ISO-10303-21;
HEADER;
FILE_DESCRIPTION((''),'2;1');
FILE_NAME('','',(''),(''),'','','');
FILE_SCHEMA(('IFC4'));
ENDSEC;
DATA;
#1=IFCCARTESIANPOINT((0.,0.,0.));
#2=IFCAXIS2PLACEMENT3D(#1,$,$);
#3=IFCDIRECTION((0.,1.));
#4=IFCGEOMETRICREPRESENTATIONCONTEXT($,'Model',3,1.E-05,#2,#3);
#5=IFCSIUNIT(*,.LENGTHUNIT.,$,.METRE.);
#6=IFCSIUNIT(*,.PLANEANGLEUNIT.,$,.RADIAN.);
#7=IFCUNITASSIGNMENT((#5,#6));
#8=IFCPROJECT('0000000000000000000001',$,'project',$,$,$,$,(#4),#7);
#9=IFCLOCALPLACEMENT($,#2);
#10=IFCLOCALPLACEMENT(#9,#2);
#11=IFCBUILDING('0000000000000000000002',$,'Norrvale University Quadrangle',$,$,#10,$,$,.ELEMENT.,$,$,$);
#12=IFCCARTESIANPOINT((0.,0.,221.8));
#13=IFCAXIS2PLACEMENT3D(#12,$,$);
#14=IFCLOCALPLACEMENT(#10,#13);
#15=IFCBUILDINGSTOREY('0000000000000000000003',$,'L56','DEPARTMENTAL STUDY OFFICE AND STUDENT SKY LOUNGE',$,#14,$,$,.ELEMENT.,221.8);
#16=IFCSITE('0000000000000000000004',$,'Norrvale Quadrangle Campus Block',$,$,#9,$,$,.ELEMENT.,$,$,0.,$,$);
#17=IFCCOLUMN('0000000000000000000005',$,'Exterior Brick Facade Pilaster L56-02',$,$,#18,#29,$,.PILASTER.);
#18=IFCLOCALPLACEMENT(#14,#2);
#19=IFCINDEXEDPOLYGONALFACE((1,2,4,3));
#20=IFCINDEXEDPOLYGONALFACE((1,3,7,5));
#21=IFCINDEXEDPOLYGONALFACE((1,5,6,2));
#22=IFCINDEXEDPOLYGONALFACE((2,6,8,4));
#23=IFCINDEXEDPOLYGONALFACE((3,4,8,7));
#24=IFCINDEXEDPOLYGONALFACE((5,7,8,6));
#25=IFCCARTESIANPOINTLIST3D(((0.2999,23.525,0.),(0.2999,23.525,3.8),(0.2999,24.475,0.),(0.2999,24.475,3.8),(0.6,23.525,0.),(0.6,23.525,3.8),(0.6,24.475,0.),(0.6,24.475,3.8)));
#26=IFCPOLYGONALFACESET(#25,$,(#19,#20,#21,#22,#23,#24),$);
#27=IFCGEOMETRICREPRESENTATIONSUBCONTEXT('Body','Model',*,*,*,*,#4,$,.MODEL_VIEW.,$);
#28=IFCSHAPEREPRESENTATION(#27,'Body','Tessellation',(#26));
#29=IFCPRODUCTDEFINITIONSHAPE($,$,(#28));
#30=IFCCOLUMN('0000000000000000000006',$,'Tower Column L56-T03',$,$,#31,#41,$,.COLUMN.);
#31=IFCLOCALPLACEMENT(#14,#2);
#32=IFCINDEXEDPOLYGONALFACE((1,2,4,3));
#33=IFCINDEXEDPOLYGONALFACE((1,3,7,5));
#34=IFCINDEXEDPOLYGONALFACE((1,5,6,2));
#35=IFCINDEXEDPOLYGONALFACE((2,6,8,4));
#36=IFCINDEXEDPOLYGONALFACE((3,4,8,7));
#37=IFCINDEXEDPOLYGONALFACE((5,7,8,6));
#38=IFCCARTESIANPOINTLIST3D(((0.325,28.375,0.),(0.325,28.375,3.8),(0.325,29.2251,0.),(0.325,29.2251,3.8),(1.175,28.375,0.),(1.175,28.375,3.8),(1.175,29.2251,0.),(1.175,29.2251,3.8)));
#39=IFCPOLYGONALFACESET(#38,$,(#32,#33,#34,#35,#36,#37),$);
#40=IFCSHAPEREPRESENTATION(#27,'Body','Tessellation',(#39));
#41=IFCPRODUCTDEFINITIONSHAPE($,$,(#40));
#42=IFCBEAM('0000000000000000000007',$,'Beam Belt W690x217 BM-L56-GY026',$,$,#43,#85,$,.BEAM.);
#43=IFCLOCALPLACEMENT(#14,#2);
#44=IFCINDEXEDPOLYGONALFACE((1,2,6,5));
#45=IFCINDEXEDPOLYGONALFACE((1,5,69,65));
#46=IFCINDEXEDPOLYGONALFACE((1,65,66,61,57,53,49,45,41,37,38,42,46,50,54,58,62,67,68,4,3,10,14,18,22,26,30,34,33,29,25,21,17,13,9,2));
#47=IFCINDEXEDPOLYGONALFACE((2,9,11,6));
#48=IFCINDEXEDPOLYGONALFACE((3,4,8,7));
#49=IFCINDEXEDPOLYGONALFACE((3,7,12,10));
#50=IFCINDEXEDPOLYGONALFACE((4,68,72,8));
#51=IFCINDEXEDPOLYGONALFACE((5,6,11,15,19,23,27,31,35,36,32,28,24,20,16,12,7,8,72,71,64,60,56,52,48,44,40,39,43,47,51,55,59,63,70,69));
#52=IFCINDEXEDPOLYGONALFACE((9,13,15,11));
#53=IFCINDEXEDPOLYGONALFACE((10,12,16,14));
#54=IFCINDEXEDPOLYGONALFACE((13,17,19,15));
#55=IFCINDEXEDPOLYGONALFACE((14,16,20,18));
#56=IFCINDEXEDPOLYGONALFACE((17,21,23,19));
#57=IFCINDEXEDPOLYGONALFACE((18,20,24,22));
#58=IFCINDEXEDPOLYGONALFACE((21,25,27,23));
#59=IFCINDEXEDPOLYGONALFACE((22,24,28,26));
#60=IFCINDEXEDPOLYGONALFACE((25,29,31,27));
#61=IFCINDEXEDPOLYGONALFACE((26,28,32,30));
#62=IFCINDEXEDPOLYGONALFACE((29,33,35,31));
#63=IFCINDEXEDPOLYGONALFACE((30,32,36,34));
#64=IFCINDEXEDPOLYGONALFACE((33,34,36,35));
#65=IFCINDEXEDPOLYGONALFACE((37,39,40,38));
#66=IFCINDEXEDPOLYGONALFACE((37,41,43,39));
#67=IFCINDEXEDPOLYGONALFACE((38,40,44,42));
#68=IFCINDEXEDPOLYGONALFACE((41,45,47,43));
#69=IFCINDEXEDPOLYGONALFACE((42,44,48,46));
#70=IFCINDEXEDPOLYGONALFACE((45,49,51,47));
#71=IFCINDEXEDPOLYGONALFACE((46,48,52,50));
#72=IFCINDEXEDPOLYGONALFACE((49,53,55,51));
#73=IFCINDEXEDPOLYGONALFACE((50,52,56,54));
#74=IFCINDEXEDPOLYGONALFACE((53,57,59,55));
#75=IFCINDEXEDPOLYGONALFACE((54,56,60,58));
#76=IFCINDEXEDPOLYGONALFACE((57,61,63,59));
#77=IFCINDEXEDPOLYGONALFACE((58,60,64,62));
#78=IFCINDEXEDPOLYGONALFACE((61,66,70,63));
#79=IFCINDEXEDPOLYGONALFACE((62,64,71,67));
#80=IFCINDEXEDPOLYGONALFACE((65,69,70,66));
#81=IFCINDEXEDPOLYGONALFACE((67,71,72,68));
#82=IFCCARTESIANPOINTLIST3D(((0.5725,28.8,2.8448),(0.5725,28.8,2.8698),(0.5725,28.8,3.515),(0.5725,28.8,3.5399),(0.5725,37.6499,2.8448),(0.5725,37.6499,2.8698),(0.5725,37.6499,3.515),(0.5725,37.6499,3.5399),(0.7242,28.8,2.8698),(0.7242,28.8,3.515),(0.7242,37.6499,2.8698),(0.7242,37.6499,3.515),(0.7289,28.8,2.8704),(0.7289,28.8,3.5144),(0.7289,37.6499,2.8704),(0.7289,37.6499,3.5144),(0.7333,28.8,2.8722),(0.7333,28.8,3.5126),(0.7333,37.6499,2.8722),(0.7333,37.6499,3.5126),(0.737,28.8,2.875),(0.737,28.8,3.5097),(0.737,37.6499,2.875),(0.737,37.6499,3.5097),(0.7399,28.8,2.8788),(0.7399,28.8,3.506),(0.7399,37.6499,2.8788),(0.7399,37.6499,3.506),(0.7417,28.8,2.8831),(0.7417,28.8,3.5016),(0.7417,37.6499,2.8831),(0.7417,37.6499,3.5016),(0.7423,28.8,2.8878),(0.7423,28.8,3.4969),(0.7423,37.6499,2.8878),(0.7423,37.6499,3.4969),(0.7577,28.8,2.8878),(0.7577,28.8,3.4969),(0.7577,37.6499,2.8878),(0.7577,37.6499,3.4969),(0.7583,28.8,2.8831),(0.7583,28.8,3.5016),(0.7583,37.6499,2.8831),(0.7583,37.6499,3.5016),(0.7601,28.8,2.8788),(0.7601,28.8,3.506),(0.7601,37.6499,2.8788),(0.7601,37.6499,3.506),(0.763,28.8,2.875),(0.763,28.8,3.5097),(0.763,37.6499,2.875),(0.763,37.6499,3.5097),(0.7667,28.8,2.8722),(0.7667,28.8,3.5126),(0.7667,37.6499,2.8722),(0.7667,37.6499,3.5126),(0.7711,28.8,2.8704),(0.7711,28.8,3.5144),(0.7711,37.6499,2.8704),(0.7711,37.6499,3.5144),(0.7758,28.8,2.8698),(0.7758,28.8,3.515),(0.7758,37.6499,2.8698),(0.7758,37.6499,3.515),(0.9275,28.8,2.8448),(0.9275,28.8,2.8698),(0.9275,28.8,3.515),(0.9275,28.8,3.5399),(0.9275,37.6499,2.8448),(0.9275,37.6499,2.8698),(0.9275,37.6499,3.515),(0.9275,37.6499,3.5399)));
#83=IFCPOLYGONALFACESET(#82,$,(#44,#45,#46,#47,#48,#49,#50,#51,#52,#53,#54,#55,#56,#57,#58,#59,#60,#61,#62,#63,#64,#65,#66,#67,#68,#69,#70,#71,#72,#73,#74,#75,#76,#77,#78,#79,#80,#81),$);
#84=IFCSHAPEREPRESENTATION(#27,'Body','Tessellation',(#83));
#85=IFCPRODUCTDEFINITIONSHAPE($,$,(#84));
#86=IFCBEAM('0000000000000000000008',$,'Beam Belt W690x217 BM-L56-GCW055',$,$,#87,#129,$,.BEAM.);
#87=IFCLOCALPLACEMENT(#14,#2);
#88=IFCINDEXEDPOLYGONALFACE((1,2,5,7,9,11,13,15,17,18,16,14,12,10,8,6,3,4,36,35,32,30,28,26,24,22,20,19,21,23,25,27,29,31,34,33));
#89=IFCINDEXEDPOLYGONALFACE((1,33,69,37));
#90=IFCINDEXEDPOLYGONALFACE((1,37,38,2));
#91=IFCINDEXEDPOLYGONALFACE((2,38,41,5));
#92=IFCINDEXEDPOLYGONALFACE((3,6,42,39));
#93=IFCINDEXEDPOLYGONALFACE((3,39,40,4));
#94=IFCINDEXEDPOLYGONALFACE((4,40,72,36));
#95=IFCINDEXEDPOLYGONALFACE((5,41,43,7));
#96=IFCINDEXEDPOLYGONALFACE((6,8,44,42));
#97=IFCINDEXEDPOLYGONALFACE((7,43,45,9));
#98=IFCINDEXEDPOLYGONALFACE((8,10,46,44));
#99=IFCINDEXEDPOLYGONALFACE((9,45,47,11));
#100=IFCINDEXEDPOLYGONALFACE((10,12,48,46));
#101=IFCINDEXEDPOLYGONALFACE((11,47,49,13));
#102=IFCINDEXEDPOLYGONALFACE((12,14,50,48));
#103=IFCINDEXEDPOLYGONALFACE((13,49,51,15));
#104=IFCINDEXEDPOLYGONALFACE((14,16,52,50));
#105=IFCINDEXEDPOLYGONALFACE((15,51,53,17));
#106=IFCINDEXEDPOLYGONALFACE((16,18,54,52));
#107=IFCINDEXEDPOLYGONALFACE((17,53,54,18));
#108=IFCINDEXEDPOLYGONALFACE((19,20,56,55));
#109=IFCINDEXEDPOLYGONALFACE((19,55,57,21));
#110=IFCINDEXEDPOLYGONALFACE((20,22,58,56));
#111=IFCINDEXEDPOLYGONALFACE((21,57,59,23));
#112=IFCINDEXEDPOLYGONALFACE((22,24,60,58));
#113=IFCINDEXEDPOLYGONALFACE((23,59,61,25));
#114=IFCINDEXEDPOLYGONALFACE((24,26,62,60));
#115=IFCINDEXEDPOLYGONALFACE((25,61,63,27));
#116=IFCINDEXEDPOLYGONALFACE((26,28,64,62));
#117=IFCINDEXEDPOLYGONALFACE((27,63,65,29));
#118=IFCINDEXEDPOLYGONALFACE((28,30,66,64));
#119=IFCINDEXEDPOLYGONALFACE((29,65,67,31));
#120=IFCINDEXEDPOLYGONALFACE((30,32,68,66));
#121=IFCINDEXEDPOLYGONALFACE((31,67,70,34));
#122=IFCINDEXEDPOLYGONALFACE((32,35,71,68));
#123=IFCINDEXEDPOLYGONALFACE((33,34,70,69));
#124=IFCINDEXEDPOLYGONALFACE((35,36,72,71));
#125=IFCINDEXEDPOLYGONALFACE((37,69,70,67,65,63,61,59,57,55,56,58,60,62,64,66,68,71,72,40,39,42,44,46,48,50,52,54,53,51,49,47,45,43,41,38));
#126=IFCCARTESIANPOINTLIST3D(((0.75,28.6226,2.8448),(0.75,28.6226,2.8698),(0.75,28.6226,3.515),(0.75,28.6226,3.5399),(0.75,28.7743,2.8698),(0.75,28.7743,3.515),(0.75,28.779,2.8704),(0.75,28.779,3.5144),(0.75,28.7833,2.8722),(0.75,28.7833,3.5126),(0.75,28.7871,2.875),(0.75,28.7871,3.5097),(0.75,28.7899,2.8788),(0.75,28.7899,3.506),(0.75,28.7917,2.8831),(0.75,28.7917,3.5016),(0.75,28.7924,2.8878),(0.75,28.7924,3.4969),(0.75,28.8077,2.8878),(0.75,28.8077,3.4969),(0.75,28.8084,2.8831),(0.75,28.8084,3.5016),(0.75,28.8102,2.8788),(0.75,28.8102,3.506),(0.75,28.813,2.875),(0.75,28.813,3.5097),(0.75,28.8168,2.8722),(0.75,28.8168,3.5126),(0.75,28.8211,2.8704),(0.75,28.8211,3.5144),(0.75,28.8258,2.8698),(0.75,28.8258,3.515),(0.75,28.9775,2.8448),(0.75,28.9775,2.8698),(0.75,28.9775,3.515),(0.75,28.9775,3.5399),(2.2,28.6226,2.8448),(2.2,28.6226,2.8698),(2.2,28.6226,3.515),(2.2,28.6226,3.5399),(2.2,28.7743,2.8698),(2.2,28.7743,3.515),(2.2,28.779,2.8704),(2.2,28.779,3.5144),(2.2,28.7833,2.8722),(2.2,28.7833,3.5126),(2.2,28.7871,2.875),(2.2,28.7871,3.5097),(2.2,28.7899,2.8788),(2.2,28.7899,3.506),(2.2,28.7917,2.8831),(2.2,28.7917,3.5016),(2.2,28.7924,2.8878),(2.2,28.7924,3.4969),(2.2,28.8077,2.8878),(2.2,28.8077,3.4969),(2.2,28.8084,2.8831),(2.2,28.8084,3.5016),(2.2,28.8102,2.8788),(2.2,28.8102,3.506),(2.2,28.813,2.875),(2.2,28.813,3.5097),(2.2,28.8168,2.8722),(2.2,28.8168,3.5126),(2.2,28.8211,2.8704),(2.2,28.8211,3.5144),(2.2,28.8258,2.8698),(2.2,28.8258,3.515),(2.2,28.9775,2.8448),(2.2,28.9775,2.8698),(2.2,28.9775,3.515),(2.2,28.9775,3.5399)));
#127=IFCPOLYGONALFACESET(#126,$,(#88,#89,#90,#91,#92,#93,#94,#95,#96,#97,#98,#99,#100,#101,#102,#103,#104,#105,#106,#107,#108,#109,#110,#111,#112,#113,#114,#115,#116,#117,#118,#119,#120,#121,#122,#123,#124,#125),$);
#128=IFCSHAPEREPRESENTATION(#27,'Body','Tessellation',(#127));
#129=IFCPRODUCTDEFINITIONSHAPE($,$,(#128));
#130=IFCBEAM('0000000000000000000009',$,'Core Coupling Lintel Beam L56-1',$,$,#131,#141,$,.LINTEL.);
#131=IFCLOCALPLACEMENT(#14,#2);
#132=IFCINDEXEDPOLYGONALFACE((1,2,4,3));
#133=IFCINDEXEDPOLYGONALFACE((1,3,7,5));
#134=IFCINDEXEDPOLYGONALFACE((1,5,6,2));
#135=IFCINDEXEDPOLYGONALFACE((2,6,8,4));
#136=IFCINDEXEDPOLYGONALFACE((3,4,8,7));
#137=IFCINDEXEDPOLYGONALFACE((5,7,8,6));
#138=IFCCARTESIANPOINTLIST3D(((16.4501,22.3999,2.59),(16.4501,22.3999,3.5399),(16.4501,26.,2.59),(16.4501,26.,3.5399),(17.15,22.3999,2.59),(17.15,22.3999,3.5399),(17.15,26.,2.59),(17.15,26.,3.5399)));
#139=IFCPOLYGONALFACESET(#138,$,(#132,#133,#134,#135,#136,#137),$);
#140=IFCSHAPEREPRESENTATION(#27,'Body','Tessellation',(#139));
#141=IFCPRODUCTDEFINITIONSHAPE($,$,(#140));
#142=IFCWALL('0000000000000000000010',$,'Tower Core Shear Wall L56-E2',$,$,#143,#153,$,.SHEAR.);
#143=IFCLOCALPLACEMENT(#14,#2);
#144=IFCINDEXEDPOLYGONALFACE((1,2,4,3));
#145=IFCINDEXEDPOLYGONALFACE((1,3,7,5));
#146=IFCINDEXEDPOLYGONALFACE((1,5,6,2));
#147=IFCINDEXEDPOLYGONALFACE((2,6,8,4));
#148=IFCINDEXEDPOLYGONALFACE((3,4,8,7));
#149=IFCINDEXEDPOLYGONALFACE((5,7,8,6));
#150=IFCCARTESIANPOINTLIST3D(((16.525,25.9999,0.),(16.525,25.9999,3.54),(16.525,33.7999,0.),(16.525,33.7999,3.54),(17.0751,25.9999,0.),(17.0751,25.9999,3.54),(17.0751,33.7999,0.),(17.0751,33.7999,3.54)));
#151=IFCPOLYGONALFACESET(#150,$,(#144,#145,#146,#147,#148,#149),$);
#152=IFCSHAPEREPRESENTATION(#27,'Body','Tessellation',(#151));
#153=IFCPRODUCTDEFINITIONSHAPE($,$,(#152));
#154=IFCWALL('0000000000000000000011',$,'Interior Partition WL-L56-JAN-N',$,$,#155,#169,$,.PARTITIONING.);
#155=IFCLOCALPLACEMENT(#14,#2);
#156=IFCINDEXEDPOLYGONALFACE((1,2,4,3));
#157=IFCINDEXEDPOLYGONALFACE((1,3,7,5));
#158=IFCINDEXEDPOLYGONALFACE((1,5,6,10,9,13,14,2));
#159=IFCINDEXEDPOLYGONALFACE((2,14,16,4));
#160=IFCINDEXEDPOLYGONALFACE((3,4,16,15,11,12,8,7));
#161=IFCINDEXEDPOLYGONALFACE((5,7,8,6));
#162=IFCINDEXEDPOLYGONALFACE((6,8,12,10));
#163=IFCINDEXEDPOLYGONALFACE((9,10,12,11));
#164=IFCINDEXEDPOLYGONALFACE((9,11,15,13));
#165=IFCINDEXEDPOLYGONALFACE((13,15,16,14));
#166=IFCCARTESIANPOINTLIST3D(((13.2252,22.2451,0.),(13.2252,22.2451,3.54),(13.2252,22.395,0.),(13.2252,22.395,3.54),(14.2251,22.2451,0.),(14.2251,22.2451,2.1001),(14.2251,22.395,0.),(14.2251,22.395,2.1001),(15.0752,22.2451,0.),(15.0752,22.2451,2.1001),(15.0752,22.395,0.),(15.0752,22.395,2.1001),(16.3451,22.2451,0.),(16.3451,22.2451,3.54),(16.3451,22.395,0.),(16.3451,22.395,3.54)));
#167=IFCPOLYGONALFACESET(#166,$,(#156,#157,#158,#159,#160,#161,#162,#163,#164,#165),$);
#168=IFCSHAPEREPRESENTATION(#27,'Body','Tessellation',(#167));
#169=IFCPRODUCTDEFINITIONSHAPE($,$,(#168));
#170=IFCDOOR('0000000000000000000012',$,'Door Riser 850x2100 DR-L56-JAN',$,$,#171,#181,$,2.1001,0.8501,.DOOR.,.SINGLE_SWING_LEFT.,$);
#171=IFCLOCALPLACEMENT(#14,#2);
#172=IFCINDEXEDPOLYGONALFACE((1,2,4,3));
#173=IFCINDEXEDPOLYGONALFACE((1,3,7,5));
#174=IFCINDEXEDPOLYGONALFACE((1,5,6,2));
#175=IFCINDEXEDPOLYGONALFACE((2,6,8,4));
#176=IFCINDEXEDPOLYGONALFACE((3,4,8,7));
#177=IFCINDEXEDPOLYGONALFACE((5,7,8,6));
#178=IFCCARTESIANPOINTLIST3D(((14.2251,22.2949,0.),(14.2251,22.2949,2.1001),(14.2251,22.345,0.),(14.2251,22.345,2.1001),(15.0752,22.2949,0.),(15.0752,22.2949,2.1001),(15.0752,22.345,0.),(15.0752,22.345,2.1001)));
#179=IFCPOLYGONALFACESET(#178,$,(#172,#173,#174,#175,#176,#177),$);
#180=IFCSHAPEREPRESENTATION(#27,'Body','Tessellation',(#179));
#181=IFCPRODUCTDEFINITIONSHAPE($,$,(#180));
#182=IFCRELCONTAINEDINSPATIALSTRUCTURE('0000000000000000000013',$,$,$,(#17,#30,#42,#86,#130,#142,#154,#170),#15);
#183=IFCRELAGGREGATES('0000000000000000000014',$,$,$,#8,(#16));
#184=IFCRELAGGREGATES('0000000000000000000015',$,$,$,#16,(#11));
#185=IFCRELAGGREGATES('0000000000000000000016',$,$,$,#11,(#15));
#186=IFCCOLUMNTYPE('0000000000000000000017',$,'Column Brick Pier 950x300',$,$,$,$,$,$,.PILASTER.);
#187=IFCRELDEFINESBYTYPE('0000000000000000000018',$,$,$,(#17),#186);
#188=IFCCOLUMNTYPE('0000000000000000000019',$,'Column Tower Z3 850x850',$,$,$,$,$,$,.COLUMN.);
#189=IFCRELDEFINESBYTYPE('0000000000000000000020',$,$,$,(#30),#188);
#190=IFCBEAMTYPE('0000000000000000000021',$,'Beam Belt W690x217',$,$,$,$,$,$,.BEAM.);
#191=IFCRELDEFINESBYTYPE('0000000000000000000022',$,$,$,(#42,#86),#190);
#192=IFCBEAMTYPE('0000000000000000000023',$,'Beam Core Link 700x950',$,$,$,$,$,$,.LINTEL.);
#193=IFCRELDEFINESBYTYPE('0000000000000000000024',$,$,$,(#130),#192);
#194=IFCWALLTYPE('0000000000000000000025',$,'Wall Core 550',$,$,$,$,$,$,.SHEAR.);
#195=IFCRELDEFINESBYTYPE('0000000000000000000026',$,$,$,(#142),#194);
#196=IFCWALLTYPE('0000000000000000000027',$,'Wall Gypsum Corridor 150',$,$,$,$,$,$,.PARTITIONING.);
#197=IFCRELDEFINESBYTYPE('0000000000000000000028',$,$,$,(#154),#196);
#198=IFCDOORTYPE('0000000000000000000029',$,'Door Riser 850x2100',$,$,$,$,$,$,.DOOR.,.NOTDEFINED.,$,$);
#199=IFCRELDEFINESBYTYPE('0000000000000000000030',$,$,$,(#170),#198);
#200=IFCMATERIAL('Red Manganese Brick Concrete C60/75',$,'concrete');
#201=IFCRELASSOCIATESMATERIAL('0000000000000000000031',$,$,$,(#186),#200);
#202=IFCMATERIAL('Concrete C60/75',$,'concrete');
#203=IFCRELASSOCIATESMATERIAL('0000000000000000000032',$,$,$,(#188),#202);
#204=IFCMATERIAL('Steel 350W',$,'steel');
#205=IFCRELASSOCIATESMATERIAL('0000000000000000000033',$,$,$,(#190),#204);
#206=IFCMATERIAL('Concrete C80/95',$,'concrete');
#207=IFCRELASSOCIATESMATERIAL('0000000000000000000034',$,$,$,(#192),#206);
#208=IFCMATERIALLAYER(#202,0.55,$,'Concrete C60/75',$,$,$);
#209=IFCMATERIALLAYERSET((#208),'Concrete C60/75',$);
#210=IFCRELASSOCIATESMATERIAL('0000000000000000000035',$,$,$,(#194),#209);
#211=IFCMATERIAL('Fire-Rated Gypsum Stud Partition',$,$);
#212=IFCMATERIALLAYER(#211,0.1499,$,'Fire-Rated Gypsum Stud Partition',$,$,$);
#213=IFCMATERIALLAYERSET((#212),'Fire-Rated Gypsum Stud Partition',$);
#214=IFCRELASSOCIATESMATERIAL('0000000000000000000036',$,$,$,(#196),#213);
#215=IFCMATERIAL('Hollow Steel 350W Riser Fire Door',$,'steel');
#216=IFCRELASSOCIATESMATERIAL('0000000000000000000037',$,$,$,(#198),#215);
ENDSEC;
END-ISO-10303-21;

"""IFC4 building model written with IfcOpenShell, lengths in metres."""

from ifc_helpers import new_model, si_unit, direction, frame, frame_2d, origin, origin_2d, place, context, subcontext, project, spatial, rectangle, i_section, extrude, material, layer, layer_set, material_profile, profile_set, type_object, element, fill, save


model = new_model("IFC4")

# Units and contexts
model_context = context("Model", 3, precision=1e-05, world=origin(), true_north=direction((0.0, 1.0)))
body_context = subcontext(model_context, "Body", "Model", "MODEL_VIEW")
ifc_project = project(units=[si_unit("LENGTHUNIT", "METRE"), si_unit("PLANEANGLEUNIT", "RADIAN")], contexts=[model_context])

# Site, building, storey
site_placement = place(None, origin())
site = spatial("IfcSite", under=ifc_project, at=site_placement, Name="Norrvale Quadrangle Campus Block", CompositionType="ELEMENT", RefElevation=0.0)
building_placement = place(site_placement, origin())
building = spatial("IfcBuilding", under=site, at=building_placement, Name="Norrvale University Quadrangle", CompositionType="ELEMENT")
storey_placement = place(building_placement, frame((0.0, 0.0, 221.8)))
storey = spatial("IfcBuildingStorey", under=building, at=storey_placement, Name="L56", Description="DEPARTMENTAL STUDY OFFICE AND STUDENT SKY LOUNGE", CompositionType="ELEMENT", Elevation=221.8)

# Columns
ifc_material_1 = material(Name="Red Manganese Brick Concrete C60/75", Category="concrete")
ifc_material_profile_1 = material_profile(ifc_material_1, rectangle(XDim=0.95, YDim=0.3, at=origin_2d()), Name="Red Manganese Brick Concrete C60/75")
ifc_profile_set_1 = profile_set([ifc_material_profile_1], Name="Red Manganese Brick Concrete C60/75")
column_type_1 = type_object("IfcColumnType", Name="Column Brick Pier 950x300", PredefinedType="PILASTER", material=ifc_profile_set_1)
column_1_placement = place(storey_placement, frame((0.45, 24.0, 0.0), z_axis=(0.0, 0.0, 1.0), x_axis=(0.0, 1.0, 0.0)))
element("IfcColumn", 1, at=column_1_placement, inside=storey, type_object=column_type_1, Name="Exterior Brick Facade Pilaster L56-02", PredefinedType="PILASTER", context=body_context, shape_type="SweptSolid", body=[
    extrude(rectangle(XDim=0.95, YDim=0.3, at=origin_2d()), origin(), (0.0, 0.0, 1.0), 3.8),
])
ifc_material_2 = material(Name="Concrete C60/75", Category="concrete")
ifc_material_profile_2 = material_profile(ifc_material_2, rectangle(XDim=0.8501, YDim=0.8501, at=origin_2d()), Name="Concrete C60/75")
ifc_profile_set_2 = profile_set([ifc_material_profile_2], Name="Concrete C60/75")
column_type_2 = type_object("IfcColumnType", Name="Column Tower Z3 850x850", PredefinedType="COLUMN", material=ifc_profile_set_2)
column_2_placement = place(storey_placement, frame((0.75, 28.8, 0.0), z_axis=(0.0, 0.0, 1.0), x_axis=(1.0, 0.0, 0.0)))
element("IfcColumn", 2, at=column_2_placement, inside=storey, type_object=column_type_2, Name="Tower Column L56-T03", PredefinedType="COLUMN", context=body_context, shape_type="SweptSolid", body=[
    extrude(rectangle(XDim=0.8501, YDim=0.8501, at=origin_2d()), origin(), (0.0, 0.0, 1.0), 3.8),
])

# Beams
ifc_material_3 = material(Name="Steel 350W", Category="steel")
ifc_material_profile_3 = material_profile(ifc_material_3, i_section(OverallWidth=0.355, OverallDepth=0.6951, WebThickness=0.0154, FlangeThickness=0.0249, FilletRadius=0.0181, at=origin_2d()), Name="Steel 350W")
ifc_profile_set_3 = profile_set([ifc_material_profile_3], Name="Steel 350W")
beam_type_1 = type_object("IfcBeamType", Name="Beam Belt W690x217", PredefinedType="BEAM", material=ifc_profile_set_3)
beam_1_placement = place(storey_placement, frame((0.75, 28.8, 3.1924), z_axis=(0.0, 1.0, 0.0), x_axis=(-1.0, 0.0, 0.0)))
element("IfcBeam", 3, at=beam_1_placement, inside=storey, type_object=beam_type_1, Name="Beam Belt W690x217 BM-L56-GY026", PredefinedType="BEAM", context=body_context, shape_type="SweptSolid", body=[
    extrude(i_section(OverallWidth=0.355, OverallDepth=0.6951, WebThickness=0.0154, FlangeThickness=0.0249, FilletRadius=0.0181, at=origin_2d()), origin(), (0.0, 0.0, 1.0), 8.8499),
])
beam_2_placement = place(storey_placement, frame((0.75, 28.8, 3.1924), z_axis=(1.0, 0.0, 0.0), x_axis=(0.0, 1.0, 0.0)))
element("IfcBeam", 4, at=beam_2_placement, inside=storey, type_object=beam_type_1, Name="Beam Belt W690x217 BM-L56-GCW055", PredefinedType="BEAM", context=body_context, shape_type="SweptSolid", body=[
    extrude(i_section(OverallWidth=0.355, OverallDepth=0.6951, WebThickness=0.0154, FlangeThickness=0.0249, FilletRadius=0.0181, at=origin_2d()), origin(), (0.0, 0.0, 1.0), 1.45),
])
ifc_material_4 = material(Name="Concrete C80/95", Category="concrete")
ifc_material_profile_4 = material_profile(ifc_material_4, rectangle(XDim=0.7, YDim=0.95, at=origin_2d()), Name="Concrete C80/95")
ifc_profile_set_4 = profile_set([ifc_material_profile_4], Name="Concrete C80/95")
beam_type_2 = type_object("IfcBeamType", Name="Beam Core Link 700x950", PredefinedType="LINTEL", material=ifc_profile_set_4)
beam_3_placement = place(storey_placement, frame((16.8, 22.3999, 3.0649), z_axis=(0.0, 1.0, 0.0), x_axis=(-1.0, 0.0, 0.0)))
element("IfcBeam", 5, at=beam_3_placement, inside=storey, type_object=beam_type_2, Name="Core Coupling Lintel Beam L56-1", PredefinedType="LINTEL", context=body_context, shape_type="SweptSolid", body=[
    extrude(rectangle(XDim=0.7, YDim=0.95, at=origin_2d()), origin(), (0.0, 0.0, 1.0), 3.6001),
])

# Wall
ifc_layer_1 = layer(ifc_material_2, 0.55, Name="Concrete C60/75")
ifc_layer_set_1 = layer_set([ifc_layer_1], Name="Concrete C60/75")
wall_type_1 = type_object("IfcWallType", Name="Wall Core 550", PredefinedType="SHEAR", material=ifc_layer_set_1)
wall_1_placement = place(storey_placement, frame((16.8, 26.0, 0.0), z_axis=(0.0, 0.0, 1.0), x_axis=(0.0, 1.0, 0.0)))
element("IfcWall", 6, at=wall_1_placement, inside=storey, type_object=wall_type_1, Name="Tower Core Shear Wall L56-E2", PredefinedType="SHEAR", context=body_context, shape_type="SweptSolid", body=[
    extrude(rectangle(XDim=7.8, YDim=0.55, at=frame_2d((3.8999, 0.0))), origin(), (0.0, 0.0, 1.0), 3.54),
])

# Wall, opening, door
ifc_material_5 = material(Name="Fire-Rated Gypsum Stud Partition")
ifc_layer_2 = layer(ifc_material_5, 0.1499, Name="Fire-Rated Gypsum Stud Partition")
ifc_layer_set_2 = layer_set([ifc_layer_2], Name="Fire-Rated Gypsum Stud Partition")
wall_type_2 = type_object("IfcWallType", Name="Wall Gypsum Corridor 150", PredefinedType="PARTITIONING", material=ifc_layer_set_2)
wall_2_placement = place(storey_placement, frame((13.2251, 22.3201, 0.0), z_axis=(0.0, 0.0, 1.0), x_axis=(1.0, 0.0, 0.0)))
wall_2 = element("IfcWall", 7, at=wall_2_placement, inside=storey, type_object=wall_type_2, Name="Interior Partition WL-L56-JAN-N", PredefinedType="PARTITIONING", context=body_context, shape_type="SweptSolid", body=[
    extrude(rectangle(XDim=3.1199, YDim=0.1499, at=frame_2d((1.5601, 0.0))), origin(), (0.0, 0.0, 1.0), 3.54),
])
opening_1_placement = place(wall_2_placement, frame((1.0, 0.0, 0.0)))
opening_1 = element("IfcOpeningElement", 8, at=opening_1_placement, cuts=wall_2, PredefinedType="OPENING", context=body_context, shape_type="SweptSolid", body=[
    extrude(rectangle(XDim=0.8501, YDim=2.1001, at=frame_2d((0.425, 1.05))), frame((0.0, 0.0869, 0.0), z_axis=(0.0, -1.0, 0.0), x_axis=(1.0, 0.0, 0.0)), (0.0, 0.0, 1.0), 0.1738),
])
ifc_material_6 = material(Name="Hollow Steel 350W Riser Fire Door", Category="steel")
door_type_1 = type_object("IfcDoorType", Name="Door Riser 850x2100", OperationType="NOTDEFINED", PredefinedType="DOOR", material=ifc_material_6)
door_1_placement = place(opening_1_placement, origin())
door_1 = element("IfcDoor", 9, at=door_1_placement, inside=storey, type_object=door_type_1, Name="Door Riser 850x2100 DR-L56-JAN", OperationType="SINGLE_SWING_LEFT", OverallHeight=2.1001, OverallWidth=0.8501, PredefinedType="DOOR", context=body_context, shape_type="SweptSolid", body=[
    extrude(rectangle(XDim=0.8501, YDim=2.1001, at=frame_2d((0.425, 1.05))), frame((0.0, 0.0249, 0.0), z_axis=(0.0, -1.0, 0.0), x_axis=(1.0, 0.0, 0.0)), (0.0, 0.0, 1.0), 0.05),
])
fill(opening_1, door_1)

save(model, "model.ifc")
